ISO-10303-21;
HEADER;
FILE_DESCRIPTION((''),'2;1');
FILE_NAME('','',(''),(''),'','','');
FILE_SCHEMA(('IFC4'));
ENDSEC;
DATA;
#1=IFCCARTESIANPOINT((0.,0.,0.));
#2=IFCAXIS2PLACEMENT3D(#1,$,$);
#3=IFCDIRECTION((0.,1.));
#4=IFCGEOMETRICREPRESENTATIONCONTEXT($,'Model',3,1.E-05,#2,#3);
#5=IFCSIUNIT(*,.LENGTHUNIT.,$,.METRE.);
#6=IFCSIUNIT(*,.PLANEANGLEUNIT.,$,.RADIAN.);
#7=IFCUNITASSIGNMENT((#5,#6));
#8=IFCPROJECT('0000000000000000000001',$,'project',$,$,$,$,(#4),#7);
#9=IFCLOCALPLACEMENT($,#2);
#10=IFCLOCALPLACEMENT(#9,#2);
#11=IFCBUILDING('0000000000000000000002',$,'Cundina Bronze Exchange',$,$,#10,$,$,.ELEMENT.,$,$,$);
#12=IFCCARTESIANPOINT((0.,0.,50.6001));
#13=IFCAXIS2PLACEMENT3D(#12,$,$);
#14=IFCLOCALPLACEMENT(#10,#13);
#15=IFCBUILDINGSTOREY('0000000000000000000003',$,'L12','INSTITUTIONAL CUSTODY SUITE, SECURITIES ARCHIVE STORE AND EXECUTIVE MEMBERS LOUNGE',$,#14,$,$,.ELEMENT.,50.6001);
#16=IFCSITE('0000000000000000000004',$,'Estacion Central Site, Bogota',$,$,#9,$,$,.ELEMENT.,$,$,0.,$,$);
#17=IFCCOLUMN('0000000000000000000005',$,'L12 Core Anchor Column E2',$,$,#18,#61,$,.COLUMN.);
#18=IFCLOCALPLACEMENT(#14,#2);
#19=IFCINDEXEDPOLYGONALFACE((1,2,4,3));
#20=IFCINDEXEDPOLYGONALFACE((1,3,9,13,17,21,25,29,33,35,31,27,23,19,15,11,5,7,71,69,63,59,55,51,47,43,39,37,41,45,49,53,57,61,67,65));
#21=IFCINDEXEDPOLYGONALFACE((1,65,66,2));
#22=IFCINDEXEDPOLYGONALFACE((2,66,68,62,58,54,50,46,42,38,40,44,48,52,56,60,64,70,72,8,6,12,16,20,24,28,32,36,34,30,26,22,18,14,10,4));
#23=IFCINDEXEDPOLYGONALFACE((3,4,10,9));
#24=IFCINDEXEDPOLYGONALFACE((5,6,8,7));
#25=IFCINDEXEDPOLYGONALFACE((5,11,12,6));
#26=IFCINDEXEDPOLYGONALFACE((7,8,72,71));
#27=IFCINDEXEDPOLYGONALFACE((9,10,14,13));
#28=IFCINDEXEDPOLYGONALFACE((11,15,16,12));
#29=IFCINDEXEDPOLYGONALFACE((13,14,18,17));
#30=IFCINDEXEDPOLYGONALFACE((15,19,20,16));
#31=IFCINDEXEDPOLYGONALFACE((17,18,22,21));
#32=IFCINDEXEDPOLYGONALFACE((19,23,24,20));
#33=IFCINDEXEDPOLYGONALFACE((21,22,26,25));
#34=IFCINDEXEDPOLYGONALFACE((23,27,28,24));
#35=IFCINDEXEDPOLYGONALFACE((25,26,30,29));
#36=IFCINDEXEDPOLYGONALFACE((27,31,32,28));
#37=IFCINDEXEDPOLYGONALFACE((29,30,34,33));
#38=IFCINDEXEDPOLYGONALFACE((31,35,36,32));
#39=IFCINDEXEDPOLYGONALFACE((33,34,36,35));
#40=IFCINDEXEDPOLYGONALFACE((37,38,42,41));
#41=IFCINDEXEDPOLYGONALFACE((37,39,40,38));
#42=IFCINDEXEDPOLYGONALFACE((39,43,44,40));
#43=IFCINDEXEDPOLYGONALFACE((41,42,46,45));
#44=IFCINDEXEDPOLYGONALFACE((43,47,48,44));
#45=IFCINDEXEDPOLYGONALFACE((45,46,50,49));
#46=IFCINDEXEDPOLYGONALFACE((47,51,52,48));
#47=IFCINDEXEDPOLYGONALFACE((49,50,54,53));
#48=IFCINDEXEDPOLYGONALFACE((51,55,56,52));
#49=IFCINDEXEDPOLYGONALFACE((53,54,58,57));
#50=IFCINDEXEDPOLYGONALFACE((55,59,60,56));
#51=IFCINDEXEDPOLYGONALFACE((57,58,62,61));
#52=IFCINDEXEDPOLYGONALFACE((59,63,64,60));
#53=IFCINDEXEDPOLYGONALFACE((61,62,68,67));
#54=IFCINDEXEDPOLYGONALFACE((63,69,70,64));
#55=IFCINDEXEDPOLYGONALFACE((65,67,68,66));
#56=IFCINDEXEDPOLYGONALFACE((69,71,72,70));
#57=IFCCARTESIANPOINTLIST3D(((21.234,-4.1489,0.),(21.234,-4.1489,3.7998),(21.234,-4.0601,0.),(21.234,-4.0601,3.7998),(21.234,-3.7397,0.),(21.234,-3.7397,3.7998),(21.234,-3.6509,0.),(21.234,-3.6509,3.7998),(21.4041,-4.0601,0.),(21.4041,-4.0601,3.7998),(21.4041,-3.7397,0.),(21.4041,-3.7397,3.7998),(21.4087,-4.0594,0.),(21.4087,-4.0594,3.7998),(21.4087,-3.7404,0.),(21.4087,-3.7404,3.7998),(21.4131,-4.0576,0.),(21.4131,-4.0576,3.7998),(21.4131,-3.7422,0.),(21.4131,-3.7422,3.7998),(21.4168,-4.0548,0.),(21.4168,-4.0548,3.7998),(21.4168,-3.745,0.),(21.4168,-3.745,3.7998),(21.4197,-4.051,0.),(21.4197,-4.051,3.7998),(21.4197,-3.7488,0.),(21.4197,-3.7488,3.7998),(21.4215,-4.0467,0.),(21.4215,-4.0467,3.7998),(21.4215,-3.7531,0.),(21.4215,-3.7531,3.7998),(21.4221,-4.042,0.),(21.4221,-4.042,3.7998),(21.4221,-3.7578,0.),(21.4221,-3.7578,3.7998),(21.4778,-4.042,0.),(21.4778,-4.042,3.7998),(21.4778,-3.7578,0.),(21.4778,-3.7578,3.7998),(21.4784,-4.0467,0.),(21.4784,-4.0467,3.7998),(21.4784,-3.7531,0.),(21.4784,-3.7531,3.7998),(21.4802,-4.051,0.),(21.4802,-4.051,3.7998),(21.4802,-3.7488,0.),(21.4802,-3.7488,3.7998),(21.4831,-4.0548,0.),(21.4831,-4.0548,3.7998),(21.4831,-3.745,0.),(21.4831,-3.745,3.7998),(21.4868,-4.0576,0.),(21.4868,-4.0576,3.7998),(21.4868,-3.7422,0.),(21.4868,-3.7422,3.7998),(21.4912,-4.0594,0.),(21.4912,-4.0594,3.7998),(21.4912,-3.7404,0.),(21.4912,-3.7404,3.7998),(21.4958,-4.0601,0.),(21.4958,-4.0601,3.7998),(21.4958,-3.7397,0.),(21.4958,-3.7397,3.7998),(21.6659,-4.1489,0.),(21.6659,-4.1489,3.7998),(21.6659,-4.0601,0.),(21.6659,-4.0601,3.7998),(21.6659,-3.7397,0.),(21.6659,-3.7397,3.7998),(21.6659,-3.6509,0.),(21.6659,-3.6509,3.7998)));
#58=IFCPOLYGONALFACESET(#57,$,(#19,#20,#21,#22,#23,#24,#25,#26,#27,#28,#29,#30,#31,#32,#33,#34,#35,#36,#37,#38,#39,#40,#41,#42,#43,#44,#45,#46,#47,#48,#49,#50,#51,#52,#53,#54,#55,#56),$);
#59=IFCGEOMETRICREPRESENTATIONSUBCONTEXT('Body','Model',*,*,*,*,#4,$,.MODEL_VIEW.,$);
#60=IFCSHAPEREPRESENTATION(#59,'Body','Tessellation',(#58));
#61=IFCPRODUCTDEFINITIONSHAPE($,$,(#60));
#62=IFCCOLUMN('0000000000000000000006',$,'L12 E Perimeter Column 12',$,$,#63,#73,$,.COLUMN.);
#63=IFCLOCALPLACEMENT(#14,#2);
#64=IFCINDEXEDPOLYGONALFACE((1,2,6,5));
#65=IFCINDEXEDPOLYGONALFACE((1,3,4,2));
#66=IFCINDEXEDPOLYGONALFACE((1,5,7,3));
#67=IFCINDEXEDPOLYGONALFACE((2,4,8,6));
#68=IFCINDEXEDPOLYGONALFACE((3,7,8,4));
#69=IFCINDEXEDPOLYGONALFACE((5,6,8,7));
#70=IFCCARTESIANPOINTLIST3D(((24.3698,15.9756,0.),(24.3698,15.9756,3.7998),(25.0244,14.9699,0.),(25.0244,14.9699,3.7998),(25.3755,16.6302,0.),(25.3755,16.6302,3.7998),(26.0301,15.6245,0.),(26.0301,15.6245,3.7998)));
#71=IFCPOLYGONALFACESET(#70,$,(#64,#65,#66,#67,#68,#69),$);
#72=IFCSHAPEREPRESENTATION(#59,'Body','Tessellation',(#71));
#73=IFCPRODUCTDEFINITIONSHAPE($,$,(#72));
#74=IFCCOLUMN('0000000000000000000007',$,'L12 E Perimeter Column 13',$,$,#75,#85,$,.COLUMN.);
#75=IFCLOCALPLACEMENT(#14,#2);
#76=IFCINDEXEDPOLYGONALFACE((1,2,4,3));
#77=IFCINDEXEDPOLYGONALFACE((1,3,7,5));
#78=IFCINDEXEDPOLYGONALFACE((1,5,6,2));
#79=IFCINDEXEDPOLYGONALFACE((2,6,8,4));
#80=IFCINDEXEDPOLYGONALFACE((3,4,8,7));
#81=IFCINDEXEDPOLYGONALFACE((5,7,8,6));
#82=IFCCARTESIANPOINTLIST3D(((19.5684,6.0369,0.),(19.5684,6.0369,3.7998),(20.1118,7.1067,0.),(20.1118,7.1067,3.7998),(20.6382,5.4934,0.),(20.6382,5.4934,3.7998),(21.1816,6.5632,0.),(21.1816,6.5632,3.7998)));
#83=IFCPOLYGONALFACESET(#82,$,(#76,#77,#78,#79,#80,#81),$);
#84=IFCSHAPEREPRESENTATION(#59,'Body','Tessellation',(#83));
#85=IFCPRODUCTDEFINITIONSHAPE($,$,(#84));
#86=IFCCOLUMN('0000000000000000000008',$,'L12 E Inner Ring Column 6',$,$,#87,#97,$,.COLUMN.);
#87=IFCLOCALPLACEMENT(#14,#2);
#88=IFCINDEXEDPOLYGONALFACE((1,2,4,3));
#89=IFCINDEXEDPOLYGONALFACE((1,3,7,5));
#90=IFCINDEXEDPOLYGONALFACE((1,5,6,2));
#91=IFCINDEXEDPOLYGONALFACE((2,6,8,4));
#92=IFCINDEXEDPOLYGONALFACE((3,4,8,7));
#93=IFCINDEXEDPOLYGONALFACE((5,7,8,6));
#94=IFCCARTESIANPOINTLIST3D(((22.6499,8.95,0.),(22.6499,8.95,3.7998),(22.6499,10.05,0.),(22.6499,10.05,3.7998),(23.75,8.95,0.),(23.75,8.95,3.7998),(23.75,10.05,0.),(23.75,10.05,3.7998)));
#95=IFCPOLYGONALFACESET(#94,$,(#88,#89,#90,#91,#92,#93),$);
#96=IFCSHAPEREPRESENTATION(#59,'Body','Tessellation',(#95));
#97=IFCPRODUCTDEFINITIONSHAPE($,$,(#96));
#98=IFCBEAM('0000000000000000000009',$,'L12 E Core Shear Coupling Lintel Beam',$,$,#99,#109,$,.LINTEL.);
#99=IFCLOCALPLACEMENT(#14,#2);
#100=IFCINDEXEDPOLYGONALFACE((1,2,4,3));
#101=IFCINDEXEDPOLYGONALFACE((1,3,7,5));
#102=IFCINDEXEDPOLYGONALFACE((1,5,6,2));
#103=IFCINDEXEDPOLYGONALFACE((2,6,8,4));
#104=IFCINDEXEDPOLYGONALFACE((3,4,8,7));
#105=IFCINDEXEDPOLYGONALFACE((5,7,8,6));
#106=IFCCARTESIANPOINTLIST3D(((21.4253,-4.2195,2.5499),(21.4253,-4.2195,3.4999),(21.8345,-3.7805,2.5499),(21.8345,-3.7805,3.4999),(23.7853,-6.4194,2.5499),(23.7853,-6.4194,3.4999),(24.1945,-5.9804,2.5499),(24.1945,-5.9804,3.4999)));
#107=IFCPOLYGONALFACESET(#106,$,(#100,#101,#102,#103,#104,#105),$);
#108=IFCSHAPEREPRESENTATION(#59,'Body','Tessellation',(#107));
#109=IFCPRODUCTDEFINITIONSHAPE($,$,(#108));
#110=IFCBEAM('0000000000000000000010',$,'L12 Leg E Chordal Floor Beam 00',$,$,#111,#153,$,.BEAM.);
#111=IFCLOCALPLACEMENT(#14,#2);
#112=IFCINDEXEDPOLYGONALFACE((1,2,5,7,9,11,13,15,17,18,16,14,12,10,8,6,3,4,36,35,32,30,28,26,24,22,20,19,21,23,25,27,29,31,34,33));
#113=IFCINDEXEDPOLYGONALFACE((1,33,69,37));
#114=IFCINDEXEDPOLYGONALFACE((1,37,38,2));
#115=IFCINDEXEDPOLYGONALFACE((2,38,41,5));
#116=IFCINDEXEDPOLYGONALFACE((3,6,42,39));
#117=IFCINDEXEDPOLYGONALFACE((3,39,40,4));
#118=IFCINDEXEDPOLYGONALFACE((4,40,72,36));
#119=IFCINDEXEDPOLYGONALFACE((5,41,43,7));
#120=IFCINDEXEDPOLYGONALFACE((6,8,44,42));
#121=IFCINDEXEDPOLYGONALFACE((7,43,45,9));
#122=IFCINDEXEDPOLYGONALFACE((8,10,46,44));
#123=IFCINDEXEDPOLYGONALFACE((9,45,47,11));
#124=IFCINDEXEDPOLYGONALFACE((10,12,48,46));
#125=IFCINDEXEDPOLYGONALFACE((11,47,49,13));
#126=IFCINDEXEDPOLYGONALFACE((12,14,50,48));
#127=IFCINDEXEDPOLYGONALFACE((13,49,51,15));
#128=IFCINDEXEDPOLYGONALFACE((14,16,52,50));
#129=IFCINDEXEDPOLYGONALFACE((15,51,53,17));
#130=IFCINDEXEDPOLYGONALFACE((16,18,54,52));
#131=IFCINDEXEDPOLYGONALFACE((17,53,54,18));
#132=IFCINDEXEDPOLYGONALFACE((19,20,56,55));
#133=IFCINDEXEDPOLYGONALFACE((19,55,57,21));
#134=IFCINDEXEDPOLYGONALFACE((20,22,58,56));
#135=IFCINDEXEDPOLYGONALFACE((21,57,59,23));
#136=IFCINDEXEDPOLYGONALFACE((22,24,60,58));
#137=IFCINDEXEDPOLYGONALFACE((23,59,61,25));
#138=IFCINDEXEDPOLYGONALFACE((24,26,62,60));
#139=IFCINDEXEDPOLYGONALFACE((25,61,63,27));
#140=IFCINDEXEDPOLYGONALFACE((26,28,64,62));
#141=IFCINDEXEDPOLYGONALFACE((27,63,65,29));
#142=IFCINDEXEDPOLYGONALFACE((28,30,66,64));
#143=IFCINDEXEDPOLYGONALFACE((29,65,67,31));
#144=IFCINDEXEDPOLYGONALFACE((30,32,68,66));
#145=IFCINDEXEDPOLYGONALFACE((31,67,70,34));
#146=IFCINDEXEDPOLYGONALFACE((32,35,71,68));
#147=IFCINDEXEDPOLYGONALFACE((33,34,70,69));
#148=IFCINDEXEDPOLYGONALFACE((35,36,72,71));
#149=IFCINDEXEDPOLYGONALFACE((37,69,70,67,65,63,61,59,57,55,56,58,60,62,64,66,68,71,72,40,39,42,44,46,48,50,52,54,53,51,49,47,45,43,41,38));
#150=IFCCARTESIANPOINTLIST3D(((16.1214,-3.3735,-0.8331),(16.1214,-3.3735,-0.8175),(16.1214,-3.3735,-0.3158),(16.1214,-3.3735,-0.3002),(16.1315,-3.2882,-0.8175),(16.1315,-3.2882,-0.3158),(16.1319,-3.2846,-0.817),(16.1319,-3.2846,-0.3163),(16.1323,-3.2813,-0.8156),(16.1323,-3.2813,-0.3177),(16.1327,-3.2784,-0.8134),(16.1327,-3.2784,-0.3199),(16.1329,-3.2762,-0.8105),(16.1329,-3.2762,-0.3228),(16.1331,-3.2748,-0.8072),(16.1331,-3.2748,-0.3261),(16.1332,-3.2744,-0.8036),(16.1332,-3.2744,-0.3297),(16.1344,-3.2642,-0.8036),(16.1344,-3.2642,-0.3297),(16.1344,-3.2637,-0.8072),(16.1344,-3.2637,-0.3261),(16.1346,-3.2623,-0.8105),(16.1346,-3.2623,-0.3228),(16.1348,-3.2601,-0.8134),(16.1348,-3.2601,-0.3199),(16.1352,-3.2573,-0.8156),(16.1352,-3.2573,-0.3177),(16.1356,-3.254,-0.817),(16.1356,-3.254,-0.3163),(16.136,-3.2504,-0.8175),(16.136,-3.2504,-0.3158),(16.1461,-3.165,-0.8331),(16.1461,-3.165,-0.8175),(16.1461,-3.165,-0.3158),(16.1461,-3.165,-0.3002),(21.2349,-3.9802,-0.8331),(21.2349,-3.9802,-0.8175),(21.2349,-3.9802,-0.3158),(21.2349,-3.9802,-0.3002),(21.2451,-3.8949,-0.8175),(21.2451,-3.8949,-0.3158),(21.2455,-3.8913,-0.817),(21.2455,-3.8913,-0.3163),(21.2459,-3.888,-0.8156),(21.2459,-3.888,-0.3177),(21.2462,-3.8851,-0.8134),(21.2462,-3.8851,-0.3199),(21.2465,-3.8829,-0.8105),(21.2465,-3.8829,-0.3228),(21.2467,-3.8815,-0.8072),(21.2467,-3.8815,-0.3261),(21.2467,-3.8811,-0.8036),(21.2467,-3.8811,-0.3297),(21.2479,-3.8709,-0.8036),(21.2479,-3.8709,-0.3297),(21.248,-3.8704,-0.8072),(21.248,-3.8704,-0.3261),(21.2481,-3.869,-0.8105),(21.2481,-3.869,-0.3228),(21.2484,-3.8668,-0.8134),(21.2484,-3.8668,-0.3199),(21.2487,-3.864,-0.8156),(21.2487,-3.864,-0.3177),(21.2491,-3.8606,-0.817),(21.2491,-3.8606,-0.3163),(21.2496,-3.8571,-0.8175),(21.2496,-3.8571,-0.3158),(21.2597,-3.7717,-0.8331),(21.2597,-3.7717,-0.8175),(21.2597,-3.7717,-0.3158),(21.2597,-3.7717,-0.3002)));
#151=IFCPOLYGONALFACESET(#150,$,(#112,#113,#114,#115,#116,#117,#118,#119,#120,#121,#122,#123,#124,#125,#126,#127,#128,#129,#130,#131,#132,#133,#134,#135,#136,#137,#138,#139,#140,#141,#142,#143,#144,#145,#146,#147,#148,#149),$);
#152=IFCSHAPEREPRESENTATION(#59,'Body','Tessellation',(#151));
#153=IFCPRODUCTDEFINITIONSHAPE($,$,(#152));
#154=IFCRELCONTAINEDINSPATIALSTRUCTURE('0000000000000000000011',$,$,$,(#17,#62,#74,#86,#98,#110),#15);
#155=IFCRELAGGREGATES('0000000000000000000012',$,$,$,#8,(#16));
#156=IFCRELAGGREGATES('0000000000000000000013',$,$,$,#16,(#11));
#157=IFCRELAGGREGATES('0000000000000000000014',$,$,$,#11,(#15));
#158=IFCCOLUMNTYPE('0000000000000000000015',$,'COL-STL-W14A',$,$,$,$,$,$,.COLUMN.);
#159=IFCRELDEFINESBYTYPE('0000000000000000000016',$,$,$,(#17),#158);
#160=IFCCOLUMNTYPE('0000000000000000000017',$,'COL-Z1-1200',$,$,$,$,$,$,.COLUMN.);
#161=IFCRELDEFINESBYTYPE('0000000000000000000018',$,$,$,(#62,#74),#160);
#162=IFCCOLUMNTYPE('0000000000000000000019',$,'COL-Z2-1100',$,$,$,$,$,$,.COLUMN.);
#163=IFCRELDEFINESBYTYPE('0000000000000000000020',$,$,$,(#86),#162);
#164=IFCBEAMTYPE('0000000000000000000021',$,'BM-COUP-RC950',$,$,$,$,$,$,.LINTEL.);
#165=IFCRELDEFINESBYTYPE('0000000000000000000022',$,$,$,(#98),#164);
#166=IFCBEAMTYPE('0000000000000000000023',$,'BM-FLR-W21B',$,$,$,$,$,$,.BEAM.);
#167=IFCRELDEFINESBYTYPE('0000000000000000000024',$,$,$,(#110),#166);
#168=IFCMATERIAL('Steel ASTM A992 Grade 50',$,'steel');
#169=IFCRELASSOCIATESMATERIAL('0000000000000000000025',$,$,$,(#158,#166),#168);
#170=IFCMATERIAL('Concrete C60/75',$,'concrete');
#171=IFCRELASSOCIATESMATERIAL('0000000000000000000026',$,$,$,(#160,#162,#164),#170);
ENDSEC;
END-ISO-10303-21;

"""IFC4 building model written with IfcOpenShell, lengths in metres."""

from ifc_helpers import new_model, si_unit, direction, frame, origin, origin_2d, place, context, subcontext, project, spatial, rectangle, i_section, extrude, material, material_profile, profile_set, type_object, element, save


model = new_model("IFC4")

# Units and contexts
model_context = context("Model", 3, precision=1e-05, world=origin(), true_north=direction((0.0, 1.0)))
body_context = subcontext(model_context, "Body", "Model", "MODEL_VIEW")
ifc_project = project(units=[si_unit("LENGTHUNIT", "METRE"), si_unit("PLANEANGLEUNIT", "RADIAN")], contexts=[model_context])

# Site, building, storey
site_placement = place(None, origin())
site = spatial("IfcSite", under=ifc_project, at=site_placement, Name="Estacion Central Site, Bogota", CompositionType="ELEMENT", RefElevation=0.0)
building_placement = place(site_placement, origin())
building = spatial("IfcBuilding", under=site, at=building_placement, Name="Cundina Bronze Exchange", CompositionType="ELEMENT")
storey_placement = place(building_placement, frame((0.0, 0.0, 50.6001)))
storey = spatial("IfcBuildingStorey", under=building, at=storey_placement, Name="L12", Description="INSTITUTIONAL CUSTODY SUITE, SECURITIES ARCHIVE STORE AND EXECUTIVE MEMBERS LOUNGE", CompositionType="ELEMENT", Elevation=50.6001)

# Columns
ifc_material_1 = material(Name="Steel ASTM A992 Grade 50", Category="steel")
ifc_material_profile_1 = material_profile(ifc_material_1, i_section(OverallWidth=0.4319, OverallDepth=0.498, WebThickness=0.0557, FlangeThickness=0.0889, FilletRadius=0.0181, at=origin_2d()), Name="W14X500", Category="steel")
ifc_profile_set_1 = profile_set([ifc_material_profile_1], Name="Steel ASTM A992 Grade 50")
column_type_1 = type_object("IfcColumnType", Name="COL-STL-W14A", PredefinedType="COLUMN", material=ifc_profile_set_1)
column_1_placement = place(storey_placement, frame((21.45, -3.8999, 0.0), z_axis=(0.0, 0.0, 1.0), x_axis=(1.0, 0.0, 0.0)))
element("IfcColumn", 1, at=column_1_placement, inside=storey, type_object=column_type_1, Name="L12 Core Anchor Column E2", PredefinedType="COLUMN", context=body_context, shape_type="SweptSolid", body=[
    extrude(i_section(OverallWidth=0.4319, OverallDepth=0.498, WebThickness=0.0557, FlangeThickness=0.0889, FilletRadius=0.0181, at=origin_2d()), origin(), (0.0, 0.0, 1.0), 3.7998),
])
ifc_material_2 = material(Name="Concrete C60/75", Category="concrete")
ifc_material_profile_2 = material_profile(ifc_material_2, rectangle(XDim=1.2, YDim=1.2, at=origin_2d()), Name="RC1200X1200", Category="concrete")
ifc_profile_set_2 = profile_set([ifc_material_profile_2], Name="Concrete C60/75")
column_type_2 = type_object("IfcColumnType", Name="COL-Z1-1200", PredefinedType="COLUMN", material=ifc_profile_set_2)
for number, where, z_axis, x_axis, name in (
    (2, (25.2, 15.8, 0.0), (0.0, 0.0, 1.0), (-0.8381, -0.545517, 0.0), "L12 E Perimeter Column 12"),
    (3, (20.375, 6.3, 0.0), (0.0, 0.0, 1.0), (-0.452902, -0.891561, 0.0), "L12 E Perimeter Column 13"),
):
    element("IfcColumn", number, at=place(storey_placement, frame(where, z_axis=z_axis, x_axis=x_axis)), inside=storey, type_object=column_type_2, Name=name, PredefinedType="COLUMN", context=body_context, shape_type="SweptSolid", body=[
        extrude(rectangle(XDim=1.2, YDim=1.2, at=origin_2d()), origin(), (0.0, 0.0, 1.0), 3.7998),
    ])
ifc_material_profile_3 = material_profile(ifc_material_2, rectangle(XDim=1.1001, YDim=1.1001, at=origin_2d()), Name="RC1100X1100", Category="concrete")
ifc_profile_set_3 = profile_set([ifc_material_profile_3], Name="Concrete C60/75")
column_type_3 = type_object("IfcColumnType", Name="COL-Z2-1100", PredefinedType="COLUMN", material=ifc_profile_set_3)
column_2_placement = place(storey_placement, frame((23.2, 9.5, 0.0), z_axis=(0.0, 0.0, 1.0), x_axis=(1.0, 0.0, 0.0)))
element("IfcColumn", 4, at=column_2_placement, inside=storey, type_object=column_type_3, Name="L12 E Inner Ring Column 6", PredefinedType="COLUMN", context=body_context, shape_type="SweptSolid", body=[
    extrude(rectangle(XDim=1.1001, YDim=1.1001, at=origin_2d()), origin(), (0.0, 0.0, 1.0), 3.7998),
])

# Beams
ifc_material_profile_4 = material_profile(ifc_material_2, rectangle(XDim=0.6001, YDim=0.95, at=origin_2d()), Name="RC600X950", Category="concrete")
ifc_profile_set_4 = profile_set([ifc_material_profile_4], Name="Concrete C60/75")
beam_type_1 = type_object("IfcBeamType", Name="BM-COUP-RC950", PredefinedType="LINTEL", material=ifc_profile_set_4)
beam_1_placement = place(storey_placement, frame((21.6299, -4.0, 3.0249), z_axis=(0.73149, -0.681852, 0.0), x_axis=(0.681852, 0.73149, 0.0)))
element("IfcBeam", 5, at=beam_1_placement, inside=storey, type_object=beam_type_1, Name="L12 E Core Shear Coupling Lintel Beam", PredefinedType="LINTEL", context=body_context, shape_type="SweptSolid", body=[
    extrude(rectangle(XDim=0.6001, YDim=0.95, at=origin_2d()), origin(), (0.0, 0.0, 1.0), 3.2263),
])
ifc_material_profile_5 = material_profile(ifc_material_1, i_section(OverallWidth=0.21, OverallDepth=0.533, WebThickness=0.0103, FlangeThickness=0.0156, FilletRadius=0.0139, at=origin_2d()), Name="W21X62", Category="steel")
ifc_profile_set_5 = profile_set([ifc_material_profile_5], Name="Steel ASTM A992 Grade 50")
beam_type_2 = type_object("IfcBeamType", Name="BM-FLR-W21B", PredefinedType="BEAM", material=ifc_profile_set_5)
beam_2_placement = place(storey_placement, frame((21.2473, -3.876, -0.5667), z_axis=(-0.993035, 0.117818, 0.0), x_axis=(-0.117818, -0.993035, 0.0)))
element("IfcBeam", 6, at=beam_2_placement, inside=storey, type_object=beam_type_2, Name="L12 Leg E Chordal Floor Beam 00", PredefinedType="BEAM", context=body_context, shape_type="SweptSolid", body=[
    extrude(i_section(OverallWidth=0.21, OverallDepth=0.533, WebThickness=0.0103, FlangeThickness=0.0156, FilletRadius=0.0139, at=origin_2d()), origin(), (0.0, 0.0, 1.0), 5.1494),
])

save(model, "model.ifc")
